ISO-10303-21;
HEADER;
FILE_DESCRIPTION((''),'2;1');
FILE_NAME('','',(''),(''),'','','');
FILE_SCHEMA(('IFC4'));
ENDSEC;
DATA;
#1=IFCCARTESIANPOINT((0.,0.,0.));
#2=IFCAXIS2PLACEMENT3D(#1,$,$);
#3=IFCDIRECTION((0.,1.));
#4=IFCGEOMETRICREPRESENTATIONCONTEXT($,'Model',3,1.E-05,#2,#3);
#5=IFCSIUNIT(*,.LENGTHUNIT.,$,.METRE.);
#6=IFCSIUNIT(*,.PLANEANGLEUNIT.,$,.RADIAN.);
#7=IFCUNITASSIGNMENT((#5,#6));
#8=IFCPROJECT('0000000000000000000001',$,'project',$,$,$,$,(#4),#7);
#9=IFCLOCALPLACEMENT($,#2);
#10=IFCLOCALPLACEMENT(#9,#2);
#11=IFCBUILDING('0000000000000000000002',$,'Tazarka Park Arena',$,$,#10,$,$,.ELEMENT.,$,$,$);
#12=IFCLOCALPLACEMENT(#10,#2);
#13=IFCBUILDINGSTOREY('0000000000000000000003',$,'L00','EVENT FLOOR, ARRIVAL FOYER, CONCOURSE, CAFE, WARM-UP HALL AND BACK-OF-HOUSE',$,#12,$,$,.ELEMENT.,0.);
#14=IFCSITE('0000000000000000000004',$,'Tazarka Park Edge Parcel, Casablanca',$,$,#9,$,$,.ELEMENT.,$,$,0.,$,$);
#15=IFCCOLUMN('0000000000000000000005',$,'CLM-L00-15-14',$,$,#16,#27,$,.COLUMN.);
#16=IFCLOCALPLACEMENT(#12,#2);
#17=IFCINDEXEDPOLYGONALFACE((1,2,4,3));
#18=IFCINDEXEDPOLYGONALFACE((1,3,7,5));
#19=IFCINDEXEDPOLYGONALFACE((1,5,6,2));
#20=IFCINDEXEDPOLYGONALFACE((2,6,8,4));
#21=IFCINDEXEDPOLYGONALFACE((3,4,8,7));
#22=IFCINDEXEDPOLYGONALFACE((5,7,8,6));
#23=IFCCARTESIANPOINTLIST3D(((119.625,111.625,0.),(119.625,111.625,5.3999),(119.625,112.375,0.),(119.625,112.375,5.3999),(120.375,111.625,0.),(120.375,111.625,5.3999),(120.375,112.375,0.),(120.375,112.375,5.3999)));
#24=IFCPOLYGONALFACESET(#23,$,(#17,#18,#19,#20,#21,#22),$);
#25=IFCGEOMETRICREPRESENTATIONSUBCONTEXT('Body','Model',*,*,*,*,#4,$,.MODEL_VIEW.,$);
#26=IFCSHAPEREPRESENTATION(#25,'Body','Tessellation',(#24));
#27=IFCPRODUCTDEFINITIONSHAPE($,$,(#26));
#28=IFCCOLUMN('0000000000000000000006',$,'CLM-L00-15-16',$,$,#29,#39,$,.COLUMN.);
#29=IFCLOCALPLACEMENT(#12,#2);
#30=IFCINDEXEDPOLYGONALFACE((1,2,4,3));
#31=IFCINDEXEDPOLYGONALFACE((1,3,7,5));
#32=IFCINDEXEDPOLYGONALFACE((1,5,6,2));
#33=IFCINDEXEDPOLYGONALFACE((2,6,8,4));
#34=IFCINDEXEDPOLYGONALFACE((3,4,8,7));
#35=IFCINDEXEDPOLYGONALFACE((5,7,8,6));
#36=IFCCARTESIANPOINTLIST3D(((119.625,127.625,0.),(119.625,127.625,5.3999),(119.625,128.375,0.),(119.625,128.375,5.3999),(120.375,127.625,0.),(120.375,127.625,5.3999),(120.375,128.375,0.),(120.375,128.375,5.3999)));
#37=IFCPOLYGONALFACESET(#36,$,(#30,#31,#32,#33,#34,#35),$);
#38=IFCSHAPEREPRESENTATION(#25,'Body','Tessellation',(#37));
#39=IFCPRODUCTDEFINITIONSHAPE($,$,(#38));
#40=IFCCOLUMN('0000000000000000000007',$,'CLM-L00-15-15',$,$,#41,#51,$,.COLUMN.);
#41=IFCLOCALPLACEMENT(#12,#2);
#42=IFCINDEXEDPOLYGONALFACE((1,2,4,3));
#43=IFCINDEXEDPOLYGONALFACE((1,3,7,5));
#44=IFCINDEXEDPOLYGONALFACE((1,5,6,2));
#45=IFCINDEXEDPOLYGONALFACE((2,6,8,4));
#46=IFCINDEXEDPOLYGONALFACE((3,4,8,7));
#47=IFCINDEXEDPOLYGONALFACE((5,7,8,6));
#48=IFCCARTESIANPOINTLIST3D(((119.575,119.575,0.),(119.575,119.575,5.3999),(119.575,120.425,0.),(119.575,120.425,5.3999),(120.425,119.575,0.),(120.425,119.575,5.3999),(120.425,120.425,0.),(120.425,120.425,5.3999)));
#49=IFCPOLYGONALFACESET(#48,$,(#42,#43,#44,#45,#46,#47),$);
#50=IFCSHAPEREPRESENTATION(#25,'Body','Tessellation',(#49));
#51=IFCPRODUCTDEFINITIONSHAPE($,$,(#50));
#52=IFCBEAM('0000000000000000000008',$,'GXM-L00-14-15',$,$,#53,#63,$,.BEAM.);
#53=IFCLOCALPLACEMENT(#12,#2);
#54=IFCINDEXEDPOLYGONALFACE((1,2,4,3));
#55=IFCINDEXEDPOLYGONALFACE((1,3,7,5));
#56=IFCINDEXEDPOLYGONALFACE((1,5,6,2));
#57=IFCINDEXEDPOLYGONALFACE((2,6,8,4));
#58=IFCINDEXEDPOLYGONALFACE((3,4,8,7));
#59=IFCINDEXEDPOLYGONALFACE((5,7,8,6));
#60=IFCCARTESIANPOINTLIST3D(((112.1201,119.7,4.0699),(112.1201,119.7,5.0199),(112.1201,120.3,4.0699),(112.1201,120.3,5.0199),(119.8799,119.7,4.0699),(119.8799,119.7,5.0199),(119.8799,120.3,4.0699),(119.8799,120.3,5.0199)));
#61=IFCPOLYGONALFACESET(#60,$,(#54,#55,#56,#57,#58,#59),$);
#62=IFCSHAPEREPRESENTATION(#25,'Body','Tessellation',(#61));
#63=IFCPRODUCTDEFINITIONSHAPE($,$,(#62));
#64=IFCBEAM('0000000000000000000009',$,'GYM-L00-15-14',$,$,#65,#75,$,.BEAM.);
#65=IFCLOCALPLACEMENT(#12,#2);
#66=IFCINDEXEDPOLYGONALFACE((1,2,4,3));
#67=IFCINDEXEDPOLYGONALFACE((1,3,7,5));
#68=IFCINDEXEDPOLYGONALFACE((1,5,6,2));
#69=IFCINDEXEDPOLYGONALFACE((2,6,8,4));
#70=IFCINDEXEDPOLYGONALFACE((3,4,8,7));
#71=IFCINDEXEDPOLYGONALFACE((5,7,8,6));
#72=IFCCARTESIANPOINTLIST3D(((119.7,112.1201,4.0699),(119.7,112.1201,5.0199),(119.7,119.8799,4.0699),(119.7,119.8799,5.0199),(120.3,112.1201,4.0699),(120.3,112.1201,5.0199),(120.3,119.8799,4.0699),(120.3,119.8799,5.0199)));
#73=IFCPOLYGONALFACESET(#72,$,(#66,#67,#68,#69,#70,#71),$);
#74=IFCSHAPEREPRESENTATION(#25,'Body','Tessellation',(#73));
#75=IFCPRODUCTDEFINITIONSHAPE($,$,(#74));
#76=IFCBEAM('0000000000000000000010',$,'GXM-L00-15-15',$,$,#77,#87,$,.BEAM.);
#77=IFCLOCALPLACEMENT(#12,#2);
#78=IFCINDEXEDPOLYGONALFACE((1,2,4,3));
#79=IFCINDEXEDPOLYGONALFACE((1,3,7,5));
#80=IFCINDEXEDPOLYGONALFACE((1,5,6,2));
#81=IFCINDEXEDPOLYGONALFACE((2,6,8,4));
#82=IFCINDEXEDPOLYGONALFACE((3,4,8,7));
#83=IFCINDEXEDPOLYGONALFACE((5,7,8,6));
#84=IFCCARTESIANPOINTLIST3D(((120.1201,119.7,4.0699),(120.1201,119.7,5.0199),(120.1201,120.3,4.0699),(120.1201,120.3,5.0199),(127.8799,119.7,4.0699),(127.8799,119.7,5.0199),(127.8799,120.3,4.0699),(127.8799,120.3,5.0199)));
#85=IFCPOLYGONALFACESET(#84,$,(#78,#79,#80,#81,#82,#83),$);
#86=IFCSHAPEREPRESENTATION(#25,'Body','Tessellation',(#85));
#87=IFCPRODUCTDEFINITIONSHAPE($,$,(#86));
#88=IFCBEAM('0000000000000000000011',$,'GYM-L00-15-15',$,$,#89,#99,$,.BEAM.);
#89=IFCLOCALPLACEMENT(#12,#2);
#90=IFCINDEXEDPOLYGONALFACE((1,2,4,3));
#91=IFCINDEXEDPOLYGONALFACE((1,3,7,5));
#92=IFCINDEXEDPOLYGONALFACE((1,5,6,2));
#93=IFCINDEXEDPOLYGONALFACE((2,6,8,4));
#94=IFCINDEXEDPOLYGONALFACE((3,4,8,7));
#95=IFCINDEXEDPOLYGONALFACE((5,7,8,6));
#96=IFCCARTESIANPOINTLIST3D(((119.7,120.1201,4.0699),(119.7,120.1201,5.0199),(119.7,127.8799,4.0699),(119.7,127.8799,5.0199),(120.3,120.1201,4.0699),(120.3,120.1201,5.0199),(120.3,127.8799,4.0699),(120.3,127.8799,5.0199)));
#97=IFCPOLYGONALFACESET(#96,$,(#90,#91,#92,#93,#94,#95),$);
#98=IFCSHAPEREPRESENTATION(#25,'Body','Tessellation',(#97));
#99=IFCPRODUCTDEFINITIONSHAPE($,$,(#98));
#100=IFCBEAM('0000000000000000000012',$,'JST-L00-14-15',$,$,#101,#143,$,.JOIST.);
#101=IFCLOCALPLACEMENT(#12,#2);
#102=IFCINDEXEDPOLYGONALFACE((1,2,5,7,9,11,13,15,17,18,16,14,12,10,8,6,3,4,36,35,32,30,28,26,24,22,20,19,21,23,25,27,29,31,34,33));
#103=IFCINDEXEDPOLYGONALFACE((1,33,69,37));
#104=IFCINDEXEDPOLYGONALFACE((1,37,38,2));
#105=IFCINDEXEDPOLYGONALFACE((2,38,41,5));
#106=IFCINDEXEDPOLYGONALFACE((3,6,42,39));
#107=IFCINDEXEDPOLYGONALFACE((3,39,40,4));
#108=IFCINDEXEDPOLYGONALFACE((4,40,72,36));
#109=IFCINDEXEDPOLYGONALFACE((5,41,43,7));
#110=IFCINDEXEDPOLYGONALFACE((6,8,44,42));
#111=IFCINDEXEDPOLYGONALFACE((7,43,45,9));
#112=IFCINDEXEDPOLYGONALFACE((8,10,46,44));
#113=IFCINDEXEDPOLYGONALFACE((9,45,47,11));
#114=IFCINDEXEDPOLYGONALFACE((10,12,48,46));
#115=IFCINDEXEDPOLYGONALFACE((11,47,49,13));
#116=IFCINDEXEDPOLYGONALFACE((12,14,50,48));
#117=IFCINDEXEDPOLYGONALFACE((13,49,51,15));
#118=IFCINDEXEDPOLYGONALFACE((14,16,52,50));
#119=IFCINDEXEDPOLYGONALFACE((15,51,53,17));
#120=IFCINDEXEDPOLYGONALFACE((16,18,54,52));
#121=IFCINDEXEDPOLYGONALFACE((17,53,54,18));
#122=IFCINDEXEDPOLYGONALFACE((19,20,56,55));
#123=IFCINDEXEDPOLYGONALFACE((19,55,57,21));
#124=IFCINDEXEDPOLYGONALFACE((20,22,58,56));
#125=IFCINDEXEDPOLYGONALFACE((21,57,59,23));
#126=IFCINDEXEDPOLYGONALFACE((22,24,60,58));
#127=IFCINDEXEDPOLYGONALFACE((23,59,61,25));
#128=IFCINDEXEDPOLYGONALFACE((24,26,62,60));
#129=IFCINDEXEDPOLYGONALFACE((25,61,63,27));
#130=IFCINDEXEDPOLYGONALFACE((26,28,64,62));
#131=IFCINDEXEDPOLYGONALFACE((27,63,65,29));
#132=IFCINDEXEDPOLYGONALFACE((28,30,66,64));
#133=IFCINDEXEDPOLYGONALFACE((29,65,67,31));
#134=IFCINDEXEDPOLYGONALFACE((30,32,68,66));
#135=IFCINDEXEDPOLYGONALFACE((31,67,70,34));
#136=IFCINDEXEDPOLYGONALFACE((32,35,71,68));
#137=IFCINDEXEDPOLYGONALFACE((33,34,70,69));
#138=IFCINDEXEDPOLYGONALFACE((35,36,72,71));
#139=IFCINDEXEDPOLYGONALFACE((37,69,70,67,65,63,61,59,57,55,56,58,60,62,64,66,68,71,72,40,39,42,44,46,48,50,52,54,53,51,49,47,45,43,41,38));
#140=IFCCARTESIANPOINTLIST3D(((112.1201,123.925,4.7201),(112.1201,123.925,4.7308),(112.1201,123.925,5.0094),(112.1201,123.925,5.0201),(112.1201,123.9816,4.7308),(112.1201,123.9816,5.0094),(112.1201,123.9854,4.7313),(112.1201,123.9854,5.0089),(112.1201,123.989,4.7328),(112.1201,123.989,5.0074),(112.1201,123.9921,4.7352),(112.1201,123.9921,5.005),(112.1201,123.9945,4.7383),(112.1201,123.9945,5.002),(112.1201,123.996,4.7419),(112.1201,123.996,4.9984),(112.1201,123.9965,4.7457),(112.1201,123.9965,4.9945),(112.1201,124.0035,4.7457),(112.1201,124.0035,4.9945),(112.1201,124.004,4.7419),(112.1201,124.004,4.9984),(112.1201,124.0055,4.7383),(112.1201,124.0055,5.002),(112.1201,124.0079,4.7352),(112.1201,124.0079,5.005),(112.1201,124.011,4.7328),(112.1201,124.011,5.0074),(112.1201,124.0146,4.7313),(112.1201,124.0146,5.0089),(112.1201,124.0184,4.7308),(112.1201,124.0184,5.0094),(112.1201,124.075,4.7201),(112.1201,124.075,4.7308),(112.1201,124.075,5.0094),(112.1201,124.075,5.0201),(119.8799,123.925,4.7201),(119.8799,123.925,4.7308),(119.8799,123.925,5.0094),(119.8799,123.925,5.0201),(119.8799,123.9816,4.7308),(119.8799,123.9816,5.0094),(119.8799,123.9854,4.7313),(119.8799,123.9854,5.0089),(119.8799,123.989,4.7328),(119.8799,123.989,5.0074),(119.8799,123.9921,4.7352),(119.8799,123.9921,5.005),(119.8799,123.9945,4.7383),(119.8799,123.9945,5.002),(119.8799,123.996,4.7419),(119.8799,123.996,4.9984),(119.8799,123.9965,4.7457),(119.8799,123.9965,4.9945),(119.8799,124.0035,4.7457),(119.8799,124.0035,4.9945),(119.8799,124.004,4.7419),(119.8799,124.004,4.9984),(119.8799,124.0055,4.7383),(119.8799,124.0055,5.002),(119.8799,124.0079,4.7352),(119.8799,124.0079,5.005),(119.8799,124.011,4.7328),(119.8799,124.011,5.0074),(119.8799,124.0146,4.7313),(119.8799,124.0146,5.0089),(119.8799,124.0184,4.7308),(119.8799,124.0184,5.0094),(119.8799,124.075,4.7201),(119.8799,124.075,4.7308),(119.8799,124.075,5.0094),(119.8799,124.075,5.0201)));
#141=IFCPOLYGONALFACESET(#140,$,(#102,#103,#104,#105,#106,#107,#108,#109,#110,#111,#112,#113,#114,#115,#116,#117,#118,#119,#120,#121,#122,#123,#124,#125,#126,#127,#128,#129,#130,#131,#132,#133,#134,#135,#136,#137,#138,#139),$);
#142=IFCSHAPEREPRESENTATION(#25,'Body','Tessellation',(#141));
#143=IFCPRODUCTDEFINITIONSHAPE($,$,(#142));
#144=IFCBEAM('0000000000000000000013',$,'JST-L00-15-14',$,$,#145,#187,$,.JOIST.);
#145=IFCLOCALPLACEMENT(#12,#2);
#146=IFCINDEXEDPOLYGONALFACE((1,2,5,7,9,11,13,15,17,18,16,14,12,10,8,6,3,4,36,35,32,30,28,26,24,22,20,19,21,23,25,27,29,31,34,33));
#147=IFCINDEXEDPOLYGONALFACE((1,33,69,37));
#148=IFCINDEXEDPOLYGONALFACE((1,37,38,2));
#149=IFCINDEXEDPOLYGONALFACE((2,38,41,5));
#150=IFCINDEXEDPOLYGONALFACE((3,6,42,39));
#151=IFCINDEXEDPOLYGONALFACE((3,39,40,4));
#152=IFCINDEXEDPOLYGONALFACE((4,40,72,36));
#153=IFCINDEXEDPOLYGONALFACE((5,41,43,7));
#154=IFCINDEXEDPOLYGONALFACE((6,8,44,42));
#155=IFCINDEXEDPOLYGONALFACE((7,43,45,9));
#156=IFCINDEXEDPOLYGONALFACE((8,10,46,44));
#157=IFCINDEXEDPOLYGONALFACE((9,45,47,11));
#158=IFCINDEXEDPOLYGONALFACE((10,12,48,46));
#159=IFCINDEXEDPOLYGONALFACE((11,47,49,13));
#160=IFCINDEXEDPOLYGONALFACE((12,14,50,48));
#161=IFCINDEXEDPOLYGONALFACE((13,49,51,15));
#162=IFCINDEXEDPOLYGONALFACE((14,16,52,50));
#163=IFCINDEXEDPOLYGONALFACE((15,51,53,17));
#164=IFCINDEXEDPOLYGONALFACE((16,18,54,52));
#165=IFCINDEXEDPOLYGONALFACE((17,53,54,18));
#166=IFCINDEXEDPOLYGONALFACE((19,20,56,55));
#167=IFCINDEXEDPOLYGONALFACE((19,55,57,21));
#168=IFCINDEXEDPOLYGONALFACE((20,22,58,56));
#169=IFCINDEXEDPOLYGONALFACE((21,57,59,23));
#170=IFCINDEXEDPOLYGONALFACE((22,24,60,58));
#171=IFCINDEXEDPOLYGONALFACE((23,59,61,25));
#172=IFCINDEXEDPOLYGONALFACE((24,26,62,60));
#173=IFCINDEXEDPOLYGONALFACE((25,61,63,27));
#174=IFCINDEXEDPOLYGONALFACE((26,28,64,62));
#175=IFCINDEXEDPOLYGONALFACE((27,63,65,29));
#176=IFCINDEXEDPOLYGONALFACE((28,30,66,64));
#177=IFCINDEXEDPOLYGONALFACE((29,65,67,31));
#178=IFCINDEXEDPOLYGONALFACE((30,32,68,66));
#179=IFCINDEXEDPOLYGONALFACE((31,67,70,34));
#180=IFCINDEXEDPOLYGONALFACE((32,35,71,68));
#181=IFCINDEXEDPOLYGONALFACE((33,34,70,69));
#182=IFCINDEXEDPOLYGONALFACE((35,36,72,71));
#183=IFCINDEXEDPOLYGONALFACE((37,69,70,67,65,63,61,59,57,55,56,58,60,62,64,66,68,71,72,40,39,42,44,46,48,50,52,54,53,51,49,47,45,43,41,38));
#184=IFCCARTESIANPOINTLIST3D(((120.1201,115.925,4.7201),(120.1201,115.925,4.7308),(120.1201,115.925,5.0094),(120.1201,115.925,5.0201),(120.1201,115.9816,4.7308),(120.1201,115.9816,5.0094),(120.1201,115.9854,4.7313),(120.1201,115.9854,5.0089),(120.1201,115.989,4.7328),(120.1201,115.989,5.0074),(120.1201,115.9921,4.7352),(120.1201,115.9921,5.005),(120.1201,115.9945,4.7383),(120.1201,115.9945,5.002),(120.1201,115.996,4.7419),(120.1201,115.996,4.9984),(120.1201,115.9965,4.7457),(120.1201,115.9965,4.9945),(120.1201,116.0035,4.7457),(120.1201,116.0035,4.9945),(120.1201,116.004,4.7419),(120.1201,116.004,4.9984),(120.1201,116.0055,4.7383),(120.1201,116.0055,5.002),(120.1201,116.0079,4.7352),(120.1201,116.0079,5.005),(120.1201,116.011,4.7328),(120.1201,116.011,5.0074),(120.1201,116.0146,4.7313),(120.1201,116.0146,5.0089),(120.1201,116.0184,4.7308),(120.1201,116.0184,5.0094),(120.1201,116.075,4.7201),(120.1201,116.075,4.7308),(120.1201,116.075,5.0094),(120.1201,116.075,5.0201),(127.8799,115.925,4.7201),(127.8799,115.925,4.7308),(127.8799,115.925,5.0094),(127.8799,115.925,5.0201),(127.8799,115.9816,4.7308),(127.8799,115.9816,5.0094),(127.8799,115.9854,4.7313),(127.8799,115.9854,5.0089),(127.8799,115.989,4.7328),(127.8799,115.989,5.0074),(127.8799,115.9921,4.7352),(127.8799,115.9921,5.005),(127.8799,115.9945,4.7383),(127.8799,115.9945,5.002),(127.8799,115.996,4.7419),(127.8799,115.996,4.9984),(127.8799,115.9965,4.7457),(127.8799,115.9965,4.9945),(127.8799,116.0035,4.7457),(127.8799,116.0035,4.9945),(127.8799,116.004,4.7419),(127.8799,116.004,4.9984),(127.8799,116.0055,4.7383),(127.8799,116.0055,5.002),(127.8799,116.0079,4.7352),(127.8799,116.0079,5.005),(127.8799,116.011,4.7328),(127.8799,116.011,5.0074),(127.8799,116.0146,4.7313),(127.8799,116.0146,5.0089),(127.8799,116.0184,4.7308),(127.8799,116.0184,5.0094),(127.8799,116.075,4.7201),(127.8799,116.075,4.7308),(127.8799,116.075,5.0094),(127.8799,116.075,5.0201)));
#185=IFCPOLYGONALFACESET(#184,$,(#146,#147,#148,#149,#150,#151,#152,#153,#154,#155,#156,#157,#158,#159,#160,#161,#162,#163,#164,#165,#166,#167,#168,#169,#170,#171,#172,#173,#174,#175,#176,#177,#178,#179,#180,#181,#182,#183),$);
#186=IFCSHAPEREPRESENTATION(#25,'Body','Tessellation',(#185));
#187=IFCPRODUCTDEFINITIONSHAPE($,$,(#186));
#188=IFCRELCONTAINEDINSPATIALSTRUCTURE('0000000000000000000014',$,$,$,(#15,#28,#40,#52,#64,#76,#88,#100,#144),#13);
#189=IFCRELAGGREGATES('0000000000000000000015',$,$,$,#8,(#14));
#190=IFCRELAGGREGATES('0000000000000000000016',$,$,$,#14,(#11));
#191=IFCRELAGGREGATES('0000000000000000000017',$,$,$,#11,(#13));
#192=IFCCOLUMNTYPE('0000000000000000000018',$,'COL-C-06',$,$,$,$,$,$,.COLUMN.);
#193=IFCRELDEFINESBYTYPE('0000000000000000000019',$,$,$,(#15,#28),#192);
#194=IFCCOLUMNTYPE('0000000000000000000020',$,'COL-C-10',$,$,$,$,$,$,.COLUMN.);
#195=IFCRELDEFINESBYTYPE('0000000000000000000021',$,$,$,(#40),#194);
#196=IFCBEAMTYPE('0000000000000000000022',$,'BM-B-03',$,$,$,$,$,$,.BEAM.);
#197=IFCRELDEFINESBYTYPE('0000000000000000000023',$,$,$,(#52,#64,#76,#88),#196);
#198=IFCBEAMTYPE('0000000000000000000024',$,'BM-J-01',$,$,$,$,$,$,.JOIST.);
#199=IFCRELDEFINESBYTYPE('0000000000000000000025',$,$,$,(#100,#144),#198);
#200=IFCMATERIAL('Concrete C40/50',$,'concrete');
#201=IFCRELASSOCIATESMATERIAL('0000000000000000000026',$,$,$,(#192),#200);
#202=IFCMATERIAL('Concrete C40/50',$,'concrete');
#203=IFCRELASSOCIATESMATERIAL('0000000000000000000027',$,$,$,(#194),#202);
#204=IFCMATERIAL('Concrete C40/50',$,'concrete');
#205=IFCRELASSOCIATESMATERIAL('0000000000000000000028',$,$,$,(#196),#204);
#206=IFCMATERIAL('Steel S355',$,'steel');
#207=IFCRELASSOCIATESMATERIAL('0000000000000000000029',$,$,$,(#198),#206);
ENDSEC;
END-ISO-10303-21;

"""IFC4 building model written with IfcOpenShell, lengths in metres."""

from ifc_helpers import new_model, si_unit, direction, frame, origin, origin_2d, place, context, subcontext, project, spatial, rectangle, i_section, extrude, material, material_profile, profile_set, type_object, element, save


model = new_model("IFC4")

# Units and contexts
model_context = context("Model", 3, precision=1e-05, world=origin(), true_north=direction((0.0, 1.0)))
body_context = subcontext(model_context, "Body", "Model", "MODEL_VIEW")
ifc_project = project(units=[si_unit("LENGTHUNIT", "METRE"), si_unit("PLANEANGLEUNIT", "RADIAN")], contexts=[model_context])

# Site, building, storey
site_placement = place(None, origin())
site = spatial("IfcSite", under=ifc_project, at=site_placement, Name="Tazarka Park Edge Parcel, Casablanca", CompositionType="ELEMENT", RefElevation=0.0)
building_placement = place(site_placement, origin())
building = spatial("IfcBuilding", under=site, at=building_placement, Name="Tazarka Park Arena", CompositionType="ELEMENT")
storey_placement = place(building_placement, origin())
storey = spatial("IfcBuildingStorey", under=building, at=storey_placement, Name="L00", Description="EVENT FLOOR, ARRIVAL FOYER, CONCOURSE, CAFE, WARM-UP HALL AND BACK-OF-HOUSE", CompositionType="ELEMENT", Elevation=0.0)

# Columns
ifc_material_1 = material(Name="Concrete C40/50", Category="concrete")
ifc_material_profile_1 = material_profile(ifc_material_1, rectangle(XDim=0.75, YDim=0.75, at=origin_2d()), Name="Concrete C40/50")
ifc_profile_set_1 = profile_set([ifc_material_profile_1], Name="Concrete C40/50")
column_type_1 = type_object("IfcColumnType", Name="COL-C-06", PredefinedType="COLUMN", material=ifc_profile_set_1)
for number, where, z_axis, x_axis, name in (
    (1, (120.0, 112.0, 0.0), (0.0, 0.0, 1.0), (1.0, 0.0, 0.0), "CLM-L00-15-14"),
    (2, (120.0, 128.0, 0.0), (0.0, 0.0, 1.0), (1.0, 0.0, 0.0), "CLM-L00-15-16"),
):
    element("IfcColumn", number, at=place(storey_placement, frame(where, z_axis=z_axis, x_axis=x_axis)), inside=storey, type_object=column_type_1, Name=name, PredefinedType="COLUMN", context=body_context, shape_type="SweptSolid", body=[
        extrude(rectangle(XDim=0.75, YDim=0.75, at=origin_2d()), origin(), (0.0, 0.0, 1.0), 5.3999),
    ])
ifc_material_2 = material(Name="Concrete C40/50", Category="concrete")
ifc_material_profile_2 = material_profile(ifc_material_2, rectangle(XDim=0.8501, YDim=0.8501, at=origin_2d()), Name="Concrete C40/50")
ifc_profile_set_2 = profile_set([ifc_material_profile_2], Name="Concrete C40/50")
column_type_2 = type_object("IfcColumnType", Name="COL-C-10", PredefinedType="COLUMN", material=ifc_profile_set_2)
column_placement = place(storey_placement, frame((120.0, 120.0, 0.0), z_axis=(0.0, 0.0, 1.0), x_axis=(1.0, 0.0, 0.0)))
element("IfcColumn", 3, at=column_placement, inside=storey, type_object=column_type_2, Name="CLM-L00-15-15", PredefinedType="COLUMN", context=body_context, shape_type="SweptSolid", body=[
    extrude(rectangle(XDim=0.8501, YDim=0.8501, at=origin_2d()), origin(), (0.0, 0.0, 1.0), 5.3999),
])

# Beams
ifc_material_3 = material(Name="Concrete C40/50", Category="concrete")
ifc_material_profile_3 = material_profile(ifc_material_3, rectangle(XDim=0.6001, YDim=0.95, at=origin_2d()), Name="Concrete C40/50")
ifc_profile_set_3 = profile_set([ifc_material_profile_3], Name="Concrete C40/50")
beam_type_1 = type_object("IfcBeamType", Name="BM-B-03", PredefinedType="BEAM", material=ifc_profile_set_3)
for number, where, z_axis, x_axis, name in (
    (4, (112.1201, 120.0, 4.5449), (1.0, 0.0, 0.0), (0.0, 1.0, 0.0), "GXM-L00-14-15"),
    (5, (120.0, 112.1201, 4.5449), (0.0, 1.0, 0.0), (-1.0, 0.0, 0.0), "GYM-L00-15-14"),
    (6, (120.1201, 120.0, 4.5449), (1.0, 0.0, 0.0), (0.0, 1.0, 0.0), "GXM-L00-15-15"),
    (7, (120.0, 120.1201, 4.5449), (0.0, 1.0, 0.0), (-1.0, 0.0, 0.0), "GYM-L00-15-15"),
):
    element("IfcBeam", number, at=place(storey_placement, frame(where, z_axis=z_axis, x_axis=x_axis)), inside=storey, type_object=beam_type_1, Name=name, PredefinedType="BEAM", context=body_context, shape_type="SweptSolid", body=[
        extrude(rectangle(XDim=0.6001, YDim=0.95, at=origin_2d()), origin(), (0.0, 0.0, 1.0), 7.7598),
    ])
ifc_material_4 = material(Name="Steel S355", Category="steel")
ifc_material_profile_4 = material_profile(ifc_material_4, i_section(OverallWidth=0.1499, OverallDepth=0.3, WebThickness=0.0071, FlangeThickness=0.0107, FilletRadius=0.0149, at=origin_2d()), Name="Steel S355")
ifc_profile_set_4 = profile_set([ifc_material_profile_4], Name="Steel S355")
beam_type_2 = type_object("IfcBeamType", Name="BM-J-01", PredefinedType="JOIST", material=ifc_profile_set_4)
for number, where, z_axis, x_axis, name in (
    (8, (112.1201, 124.0, 4.8701), (1.0, 0.0, 0.0), (0.0, 1.0, 0.0), "JST-L00-14-15"),
    (9, (120.1201, 116.0, 4.8701), (1.0, 0.0, 0.0), (0.0, 1.0, 0.0), "JST-L00-15-14"),
):
    element("IfcBeam", number, at=place(storey_placement, frame(where, z_axis=z_axis, x_axis=x_axis)), inside=storey, type_object=beam_type_2, Name=name, PredefinedType="JOIST", context=body_context, shape_type="SweptSolid", body=[
        extrude(i_section(OverallWidth=0.1499, OverallDepth=0.3, WebThickness=0.0071, FlangeThickness=0.0107, FilletRadius=0.0149, at=origin_2d()), origin(), (0.0, 0.0, 1.0), 7.7598),
    ])

save(model, "model.ifc")
